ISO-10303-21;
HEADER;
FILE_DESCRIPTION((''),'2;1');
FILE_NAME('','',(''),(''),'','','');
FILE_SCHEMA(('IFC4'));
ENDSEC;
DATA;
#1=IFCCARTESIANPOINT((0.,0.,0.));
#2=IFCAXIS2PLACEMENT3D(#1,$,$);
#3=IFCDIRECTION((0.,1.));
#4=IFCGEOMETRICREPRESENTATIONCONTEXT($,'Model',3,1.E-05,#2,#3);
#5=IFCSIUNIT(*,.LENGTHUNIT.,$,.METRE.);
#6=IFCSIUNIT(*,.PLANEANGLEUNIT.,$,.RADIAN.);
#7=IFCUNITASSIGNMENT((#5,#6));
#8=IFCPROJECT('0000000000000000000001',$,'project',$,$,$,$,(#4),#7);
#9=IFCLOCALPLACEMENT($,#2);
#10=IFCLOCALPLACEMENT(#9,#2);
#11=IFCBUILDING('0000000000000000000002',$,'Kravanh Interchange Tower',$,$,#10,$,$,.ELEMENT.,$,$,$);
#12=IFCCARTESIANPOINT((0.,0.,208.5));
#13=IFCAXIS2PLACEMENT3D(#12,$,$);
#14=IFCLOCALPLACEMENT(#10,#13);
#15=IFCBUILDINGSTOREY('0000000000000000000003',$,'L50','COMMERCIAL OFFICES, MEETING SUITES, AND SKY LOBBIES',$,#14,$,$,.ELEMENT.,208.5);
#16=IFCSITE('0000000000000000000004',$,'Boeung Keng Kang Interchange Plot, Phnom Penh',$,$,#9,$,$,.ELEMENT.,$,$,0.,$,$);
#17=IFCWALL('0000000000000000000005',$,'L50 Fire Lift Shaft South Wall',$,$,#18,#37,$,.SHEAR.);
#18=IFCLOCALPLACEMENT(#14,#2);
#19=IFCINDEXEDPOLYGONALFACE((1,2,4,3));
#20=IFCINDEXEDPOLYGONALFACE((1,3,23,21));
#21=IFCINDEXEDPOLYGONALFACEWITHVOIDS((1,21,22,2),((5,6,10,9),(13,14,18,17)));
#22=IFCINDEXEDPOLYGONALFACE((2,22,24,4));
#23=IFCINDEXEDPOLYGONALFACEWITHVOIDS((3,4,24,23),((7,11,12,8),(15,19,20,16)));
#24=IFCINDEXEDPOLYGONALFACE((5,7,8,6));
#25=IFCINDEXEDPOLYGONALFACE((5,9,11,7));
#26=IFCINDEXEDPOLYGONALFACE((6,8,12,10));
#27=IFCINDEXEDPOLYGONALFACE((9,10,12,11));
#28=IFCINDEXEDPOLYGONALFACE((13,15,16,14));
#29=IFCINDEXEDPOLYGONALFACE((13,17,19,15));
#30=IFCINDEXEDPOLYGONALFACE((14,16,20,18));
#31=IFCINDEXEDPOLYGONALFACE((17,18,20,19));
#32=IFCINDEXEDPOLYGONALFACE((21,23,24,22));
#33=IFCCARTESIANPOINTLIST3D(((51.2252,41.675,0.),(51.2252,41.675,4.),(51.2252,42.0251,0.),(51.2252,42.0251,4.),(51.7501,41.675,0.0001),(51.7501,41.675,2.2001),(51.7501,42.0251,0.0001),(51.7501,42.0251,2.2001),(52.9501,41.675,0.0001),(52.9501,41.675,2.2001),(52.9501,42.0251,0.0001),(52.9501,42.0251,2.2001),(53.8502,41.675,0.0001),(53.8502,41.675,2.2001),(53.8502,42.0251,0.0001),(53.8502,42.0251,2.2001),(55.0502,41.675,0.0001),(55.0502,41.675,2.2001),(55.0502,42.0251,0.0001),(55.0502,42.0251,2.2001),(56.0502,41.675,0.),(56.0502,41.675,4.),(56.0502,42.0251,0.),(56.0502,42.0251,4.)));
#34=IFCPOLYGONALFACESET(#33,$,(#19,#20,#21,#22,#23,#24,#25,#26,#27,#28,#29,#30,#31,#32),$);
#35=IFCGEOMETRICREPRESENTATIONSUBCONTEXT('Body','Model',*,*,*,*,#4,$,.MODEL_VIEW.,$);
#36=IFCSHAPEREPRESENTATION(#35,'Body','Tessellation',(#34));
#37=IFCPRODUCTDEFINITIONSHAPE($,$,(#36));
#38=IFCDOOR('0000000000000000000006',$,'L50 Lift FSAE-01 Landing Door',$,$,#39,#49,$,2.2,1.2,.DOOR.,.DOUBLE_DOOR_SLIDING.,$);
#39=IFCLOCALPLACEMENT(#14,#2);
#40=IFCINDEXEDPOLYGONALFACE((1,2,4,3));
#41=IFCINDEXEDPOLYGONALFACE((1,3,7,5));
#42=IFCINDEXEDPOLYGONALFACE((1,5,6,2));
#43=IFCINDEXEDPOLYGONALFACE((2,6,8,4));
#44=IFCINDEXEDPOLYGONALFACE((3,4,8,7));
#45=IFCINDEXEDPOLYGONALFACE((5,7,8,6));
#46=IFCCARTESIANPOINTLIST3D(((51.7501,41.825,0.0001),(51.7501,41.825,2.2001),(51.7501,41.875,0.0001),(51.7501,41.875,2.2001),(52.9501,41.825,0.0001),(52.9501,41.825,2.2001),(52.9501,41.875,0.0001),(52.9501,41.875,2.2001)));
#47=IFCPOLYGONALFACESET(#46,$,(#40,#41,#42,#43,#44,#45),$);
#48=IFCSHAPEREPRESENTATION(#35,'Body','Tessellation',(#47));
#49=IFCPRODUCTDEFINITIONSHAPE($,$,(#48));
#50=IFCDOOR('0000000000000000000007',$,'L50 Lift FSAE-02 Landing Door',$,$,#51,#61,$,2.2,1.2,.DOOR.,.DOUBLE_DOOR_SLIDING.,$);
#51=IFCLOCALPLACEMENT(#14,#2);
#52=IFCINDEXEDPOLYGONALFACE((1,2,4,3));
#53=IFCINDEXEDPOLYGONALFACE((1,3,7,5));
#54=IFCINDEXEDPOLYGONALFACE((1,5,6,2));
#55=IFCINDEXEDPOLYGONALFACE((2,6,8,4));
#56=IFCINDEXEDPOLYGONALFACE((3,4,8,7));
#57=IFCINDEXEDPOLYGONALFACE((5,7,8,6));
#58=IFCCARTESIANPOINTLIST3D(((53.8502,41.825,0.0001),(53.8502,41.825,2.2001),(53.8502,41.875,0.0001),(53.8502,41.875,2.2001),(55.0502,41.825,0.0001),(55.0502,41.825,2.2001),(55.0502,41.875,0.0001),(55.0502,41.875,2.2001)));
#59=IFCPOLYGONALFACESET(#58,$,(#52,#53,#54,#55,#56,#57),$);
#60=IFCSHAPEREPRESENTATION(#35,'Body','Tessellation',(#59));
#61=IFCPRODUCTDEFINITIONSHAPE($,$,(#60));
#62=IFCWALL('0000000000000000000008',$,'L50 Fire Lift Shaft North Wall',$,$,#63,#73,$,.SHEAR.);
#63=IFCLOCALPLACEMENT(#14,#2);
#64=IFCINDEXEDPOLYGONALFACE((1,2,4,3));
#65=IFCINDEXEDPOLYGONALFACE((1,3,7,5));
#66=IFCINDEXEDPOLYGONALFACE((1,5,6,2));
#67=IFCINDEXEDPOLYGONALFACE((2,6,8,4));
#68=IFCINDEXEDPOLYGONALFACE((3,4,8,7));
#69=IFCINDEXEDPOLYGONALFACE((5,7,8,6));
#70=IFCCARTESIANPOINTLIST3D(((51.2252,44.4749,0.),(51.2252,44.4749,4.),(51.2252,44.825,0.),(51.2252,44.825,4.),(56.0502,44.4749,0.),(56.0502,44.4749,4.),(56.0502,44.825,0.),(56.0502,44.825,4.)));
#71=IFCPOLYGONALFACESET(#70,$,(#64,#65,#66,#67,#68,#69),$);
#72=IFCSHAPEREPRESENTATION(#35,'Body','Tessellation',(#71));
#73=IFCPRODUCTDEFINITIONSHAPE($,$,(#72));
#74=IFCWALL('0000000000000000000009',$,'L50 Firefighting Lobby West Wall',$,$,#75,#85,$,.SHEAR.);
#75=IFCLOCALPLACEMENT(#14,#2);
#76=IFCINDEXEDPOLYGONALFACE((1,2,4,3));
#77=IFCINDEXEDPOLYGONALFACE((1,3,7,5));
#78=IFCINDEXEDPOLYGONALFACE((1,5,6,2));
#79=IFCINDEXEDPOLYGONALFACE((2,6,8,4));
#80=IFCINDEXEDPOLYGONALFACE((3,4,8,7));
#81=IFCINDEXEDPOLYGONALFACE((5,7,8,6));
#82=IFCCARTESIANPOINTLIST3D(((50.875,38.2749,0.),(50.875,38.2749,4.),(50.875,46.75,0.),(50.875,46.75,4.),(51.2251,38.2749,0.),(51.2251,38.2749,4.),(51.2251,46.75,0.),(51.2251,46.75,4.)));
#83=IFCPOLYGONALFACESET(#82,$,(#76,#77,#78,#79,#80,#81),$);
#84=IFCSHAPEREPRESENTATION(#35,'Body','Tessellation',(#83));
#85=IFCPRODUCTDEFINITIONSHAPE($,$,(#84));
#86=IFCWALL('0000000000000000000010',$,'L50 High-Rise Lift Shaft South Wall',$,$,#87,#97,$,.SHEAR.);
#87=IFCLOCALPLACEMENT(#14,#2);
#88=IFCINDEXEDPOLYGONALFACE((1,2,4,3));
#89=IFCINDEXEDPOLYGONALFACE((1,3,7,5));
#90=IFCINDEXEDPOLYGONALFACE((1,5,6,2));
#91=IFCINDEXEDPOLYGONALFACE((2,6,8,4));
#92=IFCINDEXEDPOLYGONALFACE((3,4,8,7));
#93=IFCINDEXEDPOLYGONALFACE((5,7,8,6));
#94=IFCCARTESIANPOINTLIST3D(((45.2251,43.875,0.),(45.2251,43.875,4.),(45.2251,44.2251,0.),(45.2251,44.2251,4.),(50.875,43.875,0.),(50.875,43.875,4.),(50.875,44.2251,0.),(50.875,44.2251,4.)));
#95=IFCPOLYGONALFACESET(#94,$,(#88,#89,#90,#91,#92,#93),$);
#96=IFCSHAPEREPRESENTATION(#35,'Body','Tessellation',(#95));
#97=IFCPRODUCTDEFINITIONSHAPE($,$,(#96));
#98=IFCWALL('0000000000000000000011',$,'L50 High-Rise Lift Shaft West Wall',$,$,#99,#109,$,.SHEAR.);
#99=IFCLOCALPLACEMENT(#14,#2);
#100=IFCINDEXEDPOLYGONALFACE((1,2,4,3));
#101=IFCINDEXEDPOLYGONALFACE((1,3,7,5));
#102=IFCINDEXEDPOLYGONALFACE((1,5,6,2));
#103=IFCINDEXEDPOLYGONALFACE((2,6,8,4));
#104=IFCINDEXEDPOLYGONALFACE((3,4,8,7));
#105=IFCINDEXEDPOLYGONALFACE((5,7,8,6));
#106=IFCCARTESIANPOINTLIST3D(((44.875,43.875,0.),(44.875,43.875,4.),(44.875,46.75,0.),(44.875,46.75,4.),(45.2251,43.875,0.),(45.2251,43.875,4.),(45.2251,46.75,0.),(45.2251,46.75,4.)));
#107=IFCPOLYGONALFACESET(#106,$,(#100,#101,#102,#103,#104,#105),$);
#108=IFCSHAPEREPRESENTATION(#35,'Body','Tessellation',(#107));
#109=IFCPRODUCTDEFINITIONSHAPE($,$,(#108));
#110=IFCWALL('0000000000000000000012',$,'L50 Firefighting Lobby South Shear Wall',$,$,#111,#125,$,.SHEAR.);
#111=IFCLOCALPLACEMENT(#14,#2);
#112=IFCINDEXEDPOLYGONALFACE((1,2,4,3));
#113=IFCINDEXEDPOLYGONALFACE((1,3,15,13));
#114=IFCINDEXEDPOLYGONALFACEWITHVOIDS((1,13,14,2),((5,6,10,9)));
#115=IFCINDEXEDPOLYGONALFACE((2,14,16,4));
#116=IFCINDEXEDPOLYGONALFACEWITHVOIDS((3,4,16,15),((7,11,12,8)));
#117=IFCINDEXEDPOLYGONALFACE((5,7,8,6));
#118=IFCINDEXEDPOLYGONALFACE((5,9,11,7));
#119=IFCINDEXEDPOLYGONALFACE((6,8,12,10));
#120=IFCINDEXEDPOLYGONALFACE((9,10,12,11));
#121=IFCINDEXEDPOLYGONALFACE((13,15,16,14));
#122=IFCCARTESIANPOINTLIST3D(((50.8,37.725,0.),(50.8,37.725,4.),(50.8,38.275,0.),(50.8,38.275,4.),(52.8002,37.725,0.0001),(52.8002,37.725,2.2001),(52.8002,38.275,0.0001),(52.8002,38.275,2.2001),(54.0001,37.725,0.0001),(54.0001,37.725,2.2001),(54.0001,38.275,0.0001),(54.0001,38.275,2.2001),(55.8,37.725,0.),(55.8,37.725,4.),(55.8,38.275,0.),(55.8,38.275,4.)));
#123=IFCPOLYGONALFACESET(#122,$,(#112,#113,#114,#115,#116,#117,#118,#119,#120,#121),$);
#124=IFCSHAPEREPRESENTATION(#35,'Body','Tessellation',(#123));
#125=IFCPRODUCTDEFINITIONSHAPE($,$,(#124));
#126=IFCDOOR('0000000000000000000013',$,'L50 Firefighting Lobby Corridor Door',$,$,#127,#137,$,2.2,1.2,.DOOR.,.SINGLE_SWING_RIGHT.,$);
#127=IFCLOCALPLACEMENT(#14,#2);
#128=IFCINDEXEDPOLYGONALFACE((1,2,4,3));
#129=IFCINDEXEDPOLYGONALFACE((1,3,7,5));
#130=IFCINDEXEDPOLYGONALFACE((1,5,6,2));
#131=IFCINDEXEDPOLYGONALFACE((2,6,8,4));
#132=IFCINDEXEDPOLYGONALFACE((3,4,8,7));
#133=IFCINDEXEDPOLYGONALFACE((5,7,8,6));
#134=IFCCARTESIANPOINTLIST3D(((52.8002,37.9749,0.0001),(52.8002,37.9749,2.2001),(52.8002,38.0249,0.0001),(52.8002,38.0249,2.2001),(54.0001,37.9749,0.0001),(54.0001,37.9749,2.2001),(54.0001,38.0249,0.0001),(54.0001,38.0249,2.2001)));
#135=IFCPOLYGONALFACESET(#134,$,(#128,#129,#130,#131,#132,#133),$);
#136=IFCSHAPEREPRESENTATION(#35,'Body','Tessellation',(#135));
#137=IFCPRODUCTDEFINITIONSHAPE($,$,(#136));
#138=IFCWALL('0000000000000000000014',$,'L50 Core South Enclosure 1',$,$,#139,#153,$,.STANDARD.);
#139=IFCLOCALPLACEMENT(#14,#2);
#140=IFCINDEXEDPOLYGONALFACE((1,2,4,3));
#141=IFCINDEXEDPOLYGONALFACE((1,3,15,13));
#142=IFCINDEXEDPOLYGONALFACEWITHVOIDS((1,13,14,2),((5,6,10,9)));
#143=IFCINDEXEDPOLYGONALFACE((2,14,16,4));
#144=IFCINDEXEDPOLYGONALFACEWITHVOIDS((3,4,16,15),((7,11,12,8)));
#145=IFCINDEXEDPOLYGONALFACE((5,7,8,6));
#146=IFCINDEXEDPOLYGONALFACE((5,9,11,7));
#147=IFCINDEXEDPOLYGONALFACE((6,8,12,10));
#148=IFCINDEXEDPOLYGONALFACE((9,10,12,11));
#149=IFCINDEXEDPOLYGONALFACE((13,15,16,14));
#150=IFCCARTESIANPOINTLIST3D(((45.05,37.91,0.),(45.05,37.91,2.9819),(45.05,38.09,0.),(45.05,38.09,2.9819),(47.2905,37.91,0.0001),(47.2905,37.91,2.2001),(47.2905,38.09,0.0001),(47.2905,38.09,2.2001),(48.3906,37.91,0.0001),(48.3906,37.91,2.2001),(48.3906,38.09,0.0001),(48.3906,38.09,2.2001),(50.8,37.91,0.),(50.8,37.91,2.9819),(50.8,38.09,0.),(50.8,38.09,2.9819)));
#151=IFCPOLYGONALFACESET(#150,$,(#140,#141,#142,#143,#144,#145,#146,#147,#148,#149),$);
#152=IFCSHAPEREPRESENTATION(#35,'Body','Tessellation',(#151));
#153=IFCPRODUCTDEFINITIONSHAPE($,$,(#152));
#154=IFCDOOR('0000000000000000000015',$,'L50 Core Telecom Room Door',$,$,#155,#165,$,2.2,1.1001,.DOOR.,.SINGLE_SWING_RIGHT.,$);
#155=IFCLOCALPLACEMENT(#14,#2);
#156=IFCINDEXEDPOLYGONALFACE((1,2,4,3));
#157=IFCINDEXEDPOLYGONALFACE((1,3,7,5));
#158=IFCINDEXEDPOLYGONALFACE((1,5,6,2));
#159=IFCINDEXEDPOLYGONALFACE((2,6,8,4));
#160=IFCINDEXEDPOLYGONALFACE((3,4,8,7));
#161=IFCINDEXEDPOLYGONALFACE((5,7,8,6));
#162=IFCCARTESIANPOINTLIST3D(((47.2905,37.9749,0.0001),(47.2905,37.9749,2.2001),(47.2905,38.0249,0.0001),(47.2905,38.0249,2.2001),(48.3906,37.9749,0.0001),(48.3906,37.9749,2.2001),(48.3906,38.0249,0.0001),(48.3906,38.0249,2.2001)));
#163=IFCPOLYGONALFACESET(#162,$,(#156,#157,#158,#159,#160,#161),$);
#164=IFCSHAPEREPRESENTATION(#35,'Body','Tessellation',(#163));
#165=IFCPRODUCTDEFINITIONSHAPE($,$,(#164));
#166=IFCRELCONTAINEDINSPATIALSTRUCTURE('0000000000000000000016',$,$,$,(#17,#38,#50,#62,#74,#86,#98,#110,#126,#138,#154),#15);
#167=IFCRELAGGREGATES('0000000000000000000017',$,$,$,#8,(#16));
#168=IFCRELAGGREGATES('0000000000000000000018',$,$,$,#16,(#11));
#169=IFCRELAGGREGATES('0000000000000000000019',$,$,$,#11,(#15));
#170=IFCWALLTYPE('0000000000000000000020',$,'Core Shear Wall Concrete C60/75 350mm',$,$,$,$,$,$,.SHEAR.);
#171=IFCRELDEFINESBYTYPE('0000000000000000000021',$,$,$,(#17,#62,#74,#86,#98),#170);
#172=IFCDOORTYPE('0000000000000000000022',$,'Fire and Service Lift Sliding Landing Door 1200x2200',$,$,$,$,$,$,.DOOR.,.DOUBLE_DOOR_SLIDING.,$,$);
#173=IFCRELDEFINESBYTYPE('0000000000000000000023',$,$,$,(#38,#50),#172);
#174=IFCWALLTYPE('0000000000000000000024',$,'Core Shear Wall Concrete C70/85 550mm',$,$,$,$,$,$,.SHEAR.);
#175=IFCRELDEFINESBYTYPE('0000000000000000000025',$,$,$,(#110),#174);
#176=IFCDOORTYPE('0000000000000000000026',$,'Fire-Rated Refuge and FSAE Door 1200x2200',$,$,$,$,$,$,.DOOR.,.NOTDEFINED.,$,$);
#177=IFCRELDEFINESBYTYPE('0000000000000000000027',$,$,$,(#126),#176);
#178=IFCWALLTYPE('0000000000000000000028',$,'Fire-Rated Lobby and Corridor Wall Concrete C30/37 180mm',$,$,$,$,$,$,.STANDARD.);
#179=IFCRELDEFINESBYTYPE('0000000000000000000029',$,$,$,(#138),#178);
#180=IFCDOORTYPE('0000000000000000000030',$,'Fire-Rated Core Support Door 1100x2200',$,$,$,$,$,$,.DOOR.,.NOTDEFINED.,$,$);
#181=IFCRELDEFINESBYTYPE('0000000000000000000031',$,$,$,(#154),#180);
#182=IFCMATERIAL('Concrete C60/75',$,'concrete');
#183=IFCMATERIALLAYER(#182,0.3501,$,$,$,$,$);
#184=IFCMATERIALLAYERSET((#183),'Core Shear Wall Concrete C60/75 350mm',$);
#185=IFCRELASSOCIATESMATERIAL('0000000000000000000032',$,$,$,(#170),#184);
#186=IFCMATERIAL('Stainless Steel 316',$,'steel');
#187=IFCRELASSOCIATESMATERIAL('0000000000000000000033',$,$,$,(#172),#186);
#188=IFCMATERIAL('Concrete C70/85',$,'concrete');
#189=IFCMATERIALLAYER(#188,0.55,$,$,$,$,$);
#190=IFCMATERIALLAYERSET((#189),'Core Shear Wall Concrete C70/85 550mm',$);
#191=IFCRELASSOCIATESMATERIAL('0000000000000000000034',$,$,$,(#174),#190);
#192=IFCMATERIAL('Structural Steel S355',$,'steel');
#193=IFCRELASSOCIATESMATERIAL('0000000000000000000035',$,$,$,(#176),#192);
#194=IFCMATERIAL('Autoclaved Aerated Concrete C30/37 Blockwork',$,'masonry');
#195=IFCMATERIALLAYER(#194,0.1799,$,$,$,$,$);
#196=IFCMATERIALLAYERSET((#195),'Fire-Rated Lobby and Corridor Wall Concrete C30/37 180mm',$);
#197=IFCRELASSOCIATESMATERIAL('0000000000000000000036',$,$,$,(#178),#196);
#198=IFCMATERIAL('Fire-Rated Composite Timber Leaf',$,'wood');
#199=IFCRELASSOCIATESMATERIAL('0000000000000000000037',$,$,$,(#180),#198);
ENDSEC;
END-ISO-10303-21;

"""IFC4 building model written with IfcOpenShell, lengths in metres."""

from ifc_helpers import new_model, si_unit, direction, frame, frame_2d, origin, place, context, subcontext, project, spatial, rectangle, extrude, material, layer, layer_set, type_object, element, fill, save


model = new_model("IFC4")

# Units and contexts
model_context = context("Model", 3, precision=1e-05, world=origin(), true_north=direction((0.0, 1.0)))
body_context = subcontext(model_context, "Body", "Model", "MODEL_VIEW")
ifc_project = project(units=[si_unit("LENGTHUNIT", "METRE"), si_unit("PLANEANGLEUNIT", "RADIAN")], contexts=[model_context])

# Site, building, storey
site_placement = place(None, origin())
site = spatial("IfcSite", under=ifc_project, at=site_placement, Name="Boeung Keng Kang Interchange Plot, Phnom Penh", CompositionType="ELEMENT", RefElevation=0.0)
building_placement = place(site_placement, origin())
building = spatial("IfcBuilding", under=site, at=building_placement, Name="Kravanh Interchange Tower", CompositionType="ELEMENT")
storey_placement = place(building_placement, frame((0.0, 0.0, 208.5)))
storey = spatial("IfcBuildingStorey", under=building, at=storey_placement, Name="L50", Description="COMMERCIAL OFFICES, MEETING SUITES, AND SKY LOBBIES", CompositionType="ELEMENT", Elevation=208.5)

# Wall, openings, doors
ifc_material_1 = material(Name="Concrete C60/75", Category="concrete")
ifc_layer_1 = layer(ifc_material_1, 0.3501)
ifc_layer_set_1 = layer_set([ifc_layer_1], Name="Core Shear Wall Concrete C60/75 350mm")
wall_type_1 = type_object("IfcWallType", Name="Core Shear Wall Concrete C60/75 350mm", PredefinedType="SHEAR", material=ifc_layer_set_1)
wall_1_placement = place(storey_placement, frame((51.2251, 41.8501, 0.0), z_axis=(0.0, 0.0, 1.0), x_axis=(1.0, 0.0, 0.0)))
wall_1 = element("IfcWall", 1, at=wall_1_placement, inside=storey, type_object=wall_type_1, Name="L50 Fire Lift Shaft South Wall", PredefinedType="SHEAR", context=body_context, shape_type="SweptSolid", body=[
    extrude(rectangle(XDim=4.825, YDim=0.3501, at=frame_2d((2.4126, 0.0))), origin(), (0.0, 0.0, 1.0), 4.0),
])
opening_1_placement = place(wall_1_placement, frame((0.5249, 0.0, 0.0)))
opening_1 = element("IfcOpeningElement", 2, at=opening_1_placement, cuts=wall_1, PredefinedType="OPENING", context=body_context, shape_type="SweptSolid", body=[
    extrude(rectangle(XDim=1.2, YDim=2.2, at=frame_2d((0.6001, 1.1001))), frame((0.0, 0.1851, 0.0), z_axis=(0.0, -1.0, 0.0), x_axis=(1.0, 0.0, 0.0)), (0.0, 0.0, 1.0), 0.3701),
])
opening_2_placement = place(wall_1_placement, frame((2.625, 0.0, 0.0)))
opening_2 = element("IfcOpeningElement", 3, at=opening_2_placement, cuts=wall_1, PredefinedType="OPENING", context=body_context, shape_type="SweptSolid", body=[
    extrude(rectangle(XDim=1.2, YDim=2.2, at=frame_2d((0.6001, 1.1001))), frame((0.0, 0.1851, 0.0), z_axis=(0.0, -1.0, 0.0), x_axis=(1.0, 0.0, 0.0)), (0.0, 0.0, 1.0), 0.3701),
])
ifc_material_2 = material(Name="Stainless Steel 316", Category="steel")
door_type_1 = type_object("IfcDoorType", Name="Fire and Service Lift Sliding Landing Door 1200x2200", OperationType="DOUBLE_DOOR_SLIDING", PredefinedType="DOOR", material=ifc_material_2)
door_1_placement = place(opening_1_placement, origin())
door_1 = element("IfcDoor", 4, at=door_1_placement, inside=storey, type_object=door_type_1, Name="L50 Lift FSAE-01 Landing Door", OperationType="DOUBLE_DOOR_SLIDING", OverallHeight=2.2, OverallWidth=1.2, PredefinedType="DOOR", context=body_context, shape_type="SweptSolid", body=[
    extrude(rectangle(XDim=1.2, YDim=2.2, at=frame_2d((0.6001, 1.1001))), frame((0.0, 0.0249, 0.0), z_axis=(0.0, -1.0, 0.0), x_axis=(1.0, 0.0, 0.0)), (0.0, 0.0, 1.0), 0.05),
])
fill(opening_1, door_1)
door_2_placement = place(opening_2_placement, origin())
door_2 = element("IfcDoor", 5, at=door_2_placement, inside=storey, type_object=door_type_1, Name="L50 Lift FSAE-02 Landing Door", OperationType="DOUBLE_DOOR_SLIDING", OverallHeight=2.2, OverallWidth=1.2, PredefinedType="DOOR", context=body_context, shape_type="SweptSolid", body=[
    extrude(rectangle(XDim=1.2, YDim=2.2, at=frame_2d((0.6001, 1.1001))), frame((0.0, 0.0249, 0.0), z_axis=(0.0, -1.0, 0.0), x_axis=(1.0, 0.0, 0.0)), (0.0, 0.0, 1.0), 0.05),
])
fill(opening_2, door_2)

# Walls
wall_2_placement = place(storey_placement, frame((51.2251, 44.6499, 0.0), z_axis=(0.0, 0.0, 1.0), x_axis=(1.0, 0.0, 0.0)))
element("IfcWall", 6, at=wall_2_placement, inside=storey, type_object=wall_type_1, Name="L50 Fire Lift Shaft North Wall", PredefinedType="SHEAR", context=body_context, shape_type="SweptSolid", body=[
    extrude(rectangle(XDim=4.825, YDim=0.3501, at=frame_2d((2.4126, 0.0))), origin(), (0.0, 0.0, 1.0), 4.0),
])
wall_3_placement = place(storey_placement, frame((51.05, 38.2749, 0.0), z_axis=(0.0, 0.0, 1.0), x_axis=(0.0, 1.0, 0.0)))
element("IfcWall", 7, at=wall_3_placement, inside=storey, type_object=wall_type_1, Name="L50 Firefighting Lobby West Wall", PredefinedType="SHEAR", context=body_context, shape_type="SweptSolid", body=[
    extrude(rectangle(XDim=8.4751, YDim=0.3501, at=frame_2d((4.2375, 0.0))), origin(), (0.0, 0.0, 1.0), 4.0),
])
wall_4_placement = place(storey_placement, frame((45.2251, 44.05, 0.0), z_axis=(0.0, 0.0, 1.0), x_axis=(1.0, 0.0, 0.0)))
element("IfcWall", 8, at=wall_4_placement, inside=storey, type_object=wall_type_1, Name="L50 High-Rise Lift Shaft South Wall", PredefinedType="SHEAR", context=body_context, shape_type="SweptSolid", body=[
    extrude(rectangle(XDim=5.6499, YDim=0.3501, at=frame_2d((2.825, 0.0))), origin(), (0.0, 0.0, 1.0), 4.0),
])
wall_5_placement = place(storey_placement, frame((45.05, 43.875, 0.0), z_axis=(0.0, 0.0, 1.0), x_axis=(0.0, 1.0, 0.0)))
element("IfcWall", 9, at=wall_5_placement, inside=storey, type_object=wall_type_1, Name="L50 High-Rise Lift Shaft West Wall", PredefinedType="SHEAR", context=body_context, shape_type="SweptSolid", body=[
    extrude(rectangle(XDim=2.875, YDim=0.3501, at=frame_2d((1.4375, 0.0))), origin(), (0.0, 0.0, 1.0), 4.0),
])

# Shared definitions
ifc_material_3 = material(Name="Concrete C70/85", Category="concrete")
ifc_layer_2 = layer(ifc_material_3, 0.55)
ifc_layer_set_2 = layer_set([ifc_layer_2], Name="Core Shear Wall Concrete C70/85 550mm")
wall_type_2 = type_object("IfcWallType", Name="Core Shear Wall Concrete C70/85 550mm", PredefinedType="SHEAR", material=ifc_layer_set_2)

# Walls, openings, doors
wall_6_placement = place(storey_placement, frame((50.8, 38.0, 0.0), z_axis=(0.0, 0.0, 1.0), x_axis=(1.0, 0.0, 0.0)))
wall_6 = element("IfcWall", 10, at=wall_6_placement, inside=storey, type_object=wall_type_2, Name="L50 Firefighting Lobby South Shear Wall", PredefinedType="SHEAR", context=body_context, shape_type="SweptSolid", body=[
    extrude(rectangle(XDim=5.0, YDim=0.55, at=frame_2d((2.5, 0.0))), origin(), (0.0, 0.0, 1.0), 4.0),
])
opening_3_placement = place(wall_6_placement, frame((2.0, 0.0, 0.0)))
opening_3 = element("IfcOpeningElement", 11, at=opening_3_placement, cuts=wall_6, PredefinedType="OPENING", context=body_context, shape_type="SweptSolid", body=[
    extrude(rectangle(XDim=1.2, YDim=2.2, at=frame_2d((0.6001, 1.1001))), frame((0.0, 0.2852, 0.0), z_axis=(0.0, -1.0, 0.0), x_axis=(1.0, 0.0, 0.0)), (0.0, 0.0, 1.0), 0.5701),
])
ifc_material_4 = material(Name="Structural Steel S355", Category="steel")
door_type_2 = type_object("IfcDoorType", Name="Fire-Rated Refuge and FSAE Door 1200x2200", OperationType="NOTDEFINED", PredefinedType="DOOR", material=ifc_material_4)
door_3_placement = place(opening_3_placement, origin())
door_3 = element("IfcDoor", 12, at=door_3_placement, inside=storey, type_object=door_type_2, Name="L50 Firefighting Lobby Corridor Door", OperationType="SINGLE_SWING_RIGHT", OverallHeight=2.2, OverallWidth=1.2, PredefinedType="DOOR", context=body_context, shape_type="SweptSolid", body=[
    extrude(rectangle(XDim=1.2, YDim=2.2, at=frame_2d((0.6001, 1.1001))), frame((0.0, 0.0249, 0.0), z_axis=(0.0, -1.0, 0.0), x_axis=(1.0, 0.0, 0.0)), (0.0, 0.0, 1.0), 0.05),
])
fill(opening_3, door_3)
ifc_material_5 = material(Name="Autoclaved Aerated Concrete C30/37 Blockwork", Category="masonry")
ifc_layer_3 = layer(ifc_material_5, 0.1799)
ifc_layer_set_3 = layer_set([ifc_layer_3], Name="Fire-Rated Lobby and Corridor Wall Concrete C30/37 180mm")
wall_type_3 = type_object("IfcWallType", Name="Fire-Rated Lobby and Corridor Wall Concrete C30/37 180mm", PredefinedType="STANDARD", material=ifc_layer_set_3)
wall_7_placement = place(storey_placement, frame((45.05, 38.0, 0.0), z_axis=(0.0, 0.0, 1.0), x_axis=(1.0, 0.0, 0.0)))
wall_7 = element("IfcWall", 13, at=wall_7_placement, inside=storey, type_object=wall_type_3, Name="L50 Core South Enclosure 1", PredefinedType="STANDARD", context=body_context, shape_type="SweptSolid", body=[
    extrude(rectangle(XDim=5.75, YDim=0.1799, at=frame_2d((2.875, 0.0))), origin(), (0.0, 0.0, 1.0), 2.9819),
])
opening_4_placement = place(wall_7_placement, frame((2.2405, 0.0, 0.0)))
opening_4 = element("IfcOpeningElement", 14, at=opening_4_placement, cuts=wall_7, PredefinedType="OPENING", context=body_context, shape_type="SweptSolid", body=[
    extrude(rectangle(XDim=1.1001, YDim=2.2, at=frame_2d((0.55, 1.1001))), frame((0.0, 0.1001, 0.0), z_axis=(0.0, -1.0, 0.0), x_axis=(1.0, 0.0, 0.0)), (0.0, 0.0, 1.0), 0.2),
])
ifc_material_6 = material(Name="Fire-Rated Composite Timber Leaf", Category="wood")
door_type_3 = type_object("IfcDoorType", Name="Fire-Rated Core Support Door 1100x2200", OperationType="NOTDEFINED", PredefinedType="DOOR", material=ifc_material_6)
door_4_placement = place(opening_4_placement, origin())
door_4 = element("IfcDoor", 15, at=door_4_placement, inside=storey, type_object=door_type_3, Name="L50 Core Telecom Room Door", OperationType="SINGLE_SWING_RIGHT", OverallHeight=2.2, OverallWidth=1.1001, PredefinedType="DOOR", context=body_context, shape_type="SweptSolid", body=[
    extrude(rectangle(XDim=1.1001, YDim=2.2, at=frame_2d((0.55, 1.1001))), frame((0.0, 0.0249, 0.0), z_axis=(0.0, -1.0, 0.0), x_axis=(1.0, 0.0, 0.0)), (0.0, 0.0, 1.0), 0.05),
])
fill(opening_4, door_4)

save(model, "model.ifc")
